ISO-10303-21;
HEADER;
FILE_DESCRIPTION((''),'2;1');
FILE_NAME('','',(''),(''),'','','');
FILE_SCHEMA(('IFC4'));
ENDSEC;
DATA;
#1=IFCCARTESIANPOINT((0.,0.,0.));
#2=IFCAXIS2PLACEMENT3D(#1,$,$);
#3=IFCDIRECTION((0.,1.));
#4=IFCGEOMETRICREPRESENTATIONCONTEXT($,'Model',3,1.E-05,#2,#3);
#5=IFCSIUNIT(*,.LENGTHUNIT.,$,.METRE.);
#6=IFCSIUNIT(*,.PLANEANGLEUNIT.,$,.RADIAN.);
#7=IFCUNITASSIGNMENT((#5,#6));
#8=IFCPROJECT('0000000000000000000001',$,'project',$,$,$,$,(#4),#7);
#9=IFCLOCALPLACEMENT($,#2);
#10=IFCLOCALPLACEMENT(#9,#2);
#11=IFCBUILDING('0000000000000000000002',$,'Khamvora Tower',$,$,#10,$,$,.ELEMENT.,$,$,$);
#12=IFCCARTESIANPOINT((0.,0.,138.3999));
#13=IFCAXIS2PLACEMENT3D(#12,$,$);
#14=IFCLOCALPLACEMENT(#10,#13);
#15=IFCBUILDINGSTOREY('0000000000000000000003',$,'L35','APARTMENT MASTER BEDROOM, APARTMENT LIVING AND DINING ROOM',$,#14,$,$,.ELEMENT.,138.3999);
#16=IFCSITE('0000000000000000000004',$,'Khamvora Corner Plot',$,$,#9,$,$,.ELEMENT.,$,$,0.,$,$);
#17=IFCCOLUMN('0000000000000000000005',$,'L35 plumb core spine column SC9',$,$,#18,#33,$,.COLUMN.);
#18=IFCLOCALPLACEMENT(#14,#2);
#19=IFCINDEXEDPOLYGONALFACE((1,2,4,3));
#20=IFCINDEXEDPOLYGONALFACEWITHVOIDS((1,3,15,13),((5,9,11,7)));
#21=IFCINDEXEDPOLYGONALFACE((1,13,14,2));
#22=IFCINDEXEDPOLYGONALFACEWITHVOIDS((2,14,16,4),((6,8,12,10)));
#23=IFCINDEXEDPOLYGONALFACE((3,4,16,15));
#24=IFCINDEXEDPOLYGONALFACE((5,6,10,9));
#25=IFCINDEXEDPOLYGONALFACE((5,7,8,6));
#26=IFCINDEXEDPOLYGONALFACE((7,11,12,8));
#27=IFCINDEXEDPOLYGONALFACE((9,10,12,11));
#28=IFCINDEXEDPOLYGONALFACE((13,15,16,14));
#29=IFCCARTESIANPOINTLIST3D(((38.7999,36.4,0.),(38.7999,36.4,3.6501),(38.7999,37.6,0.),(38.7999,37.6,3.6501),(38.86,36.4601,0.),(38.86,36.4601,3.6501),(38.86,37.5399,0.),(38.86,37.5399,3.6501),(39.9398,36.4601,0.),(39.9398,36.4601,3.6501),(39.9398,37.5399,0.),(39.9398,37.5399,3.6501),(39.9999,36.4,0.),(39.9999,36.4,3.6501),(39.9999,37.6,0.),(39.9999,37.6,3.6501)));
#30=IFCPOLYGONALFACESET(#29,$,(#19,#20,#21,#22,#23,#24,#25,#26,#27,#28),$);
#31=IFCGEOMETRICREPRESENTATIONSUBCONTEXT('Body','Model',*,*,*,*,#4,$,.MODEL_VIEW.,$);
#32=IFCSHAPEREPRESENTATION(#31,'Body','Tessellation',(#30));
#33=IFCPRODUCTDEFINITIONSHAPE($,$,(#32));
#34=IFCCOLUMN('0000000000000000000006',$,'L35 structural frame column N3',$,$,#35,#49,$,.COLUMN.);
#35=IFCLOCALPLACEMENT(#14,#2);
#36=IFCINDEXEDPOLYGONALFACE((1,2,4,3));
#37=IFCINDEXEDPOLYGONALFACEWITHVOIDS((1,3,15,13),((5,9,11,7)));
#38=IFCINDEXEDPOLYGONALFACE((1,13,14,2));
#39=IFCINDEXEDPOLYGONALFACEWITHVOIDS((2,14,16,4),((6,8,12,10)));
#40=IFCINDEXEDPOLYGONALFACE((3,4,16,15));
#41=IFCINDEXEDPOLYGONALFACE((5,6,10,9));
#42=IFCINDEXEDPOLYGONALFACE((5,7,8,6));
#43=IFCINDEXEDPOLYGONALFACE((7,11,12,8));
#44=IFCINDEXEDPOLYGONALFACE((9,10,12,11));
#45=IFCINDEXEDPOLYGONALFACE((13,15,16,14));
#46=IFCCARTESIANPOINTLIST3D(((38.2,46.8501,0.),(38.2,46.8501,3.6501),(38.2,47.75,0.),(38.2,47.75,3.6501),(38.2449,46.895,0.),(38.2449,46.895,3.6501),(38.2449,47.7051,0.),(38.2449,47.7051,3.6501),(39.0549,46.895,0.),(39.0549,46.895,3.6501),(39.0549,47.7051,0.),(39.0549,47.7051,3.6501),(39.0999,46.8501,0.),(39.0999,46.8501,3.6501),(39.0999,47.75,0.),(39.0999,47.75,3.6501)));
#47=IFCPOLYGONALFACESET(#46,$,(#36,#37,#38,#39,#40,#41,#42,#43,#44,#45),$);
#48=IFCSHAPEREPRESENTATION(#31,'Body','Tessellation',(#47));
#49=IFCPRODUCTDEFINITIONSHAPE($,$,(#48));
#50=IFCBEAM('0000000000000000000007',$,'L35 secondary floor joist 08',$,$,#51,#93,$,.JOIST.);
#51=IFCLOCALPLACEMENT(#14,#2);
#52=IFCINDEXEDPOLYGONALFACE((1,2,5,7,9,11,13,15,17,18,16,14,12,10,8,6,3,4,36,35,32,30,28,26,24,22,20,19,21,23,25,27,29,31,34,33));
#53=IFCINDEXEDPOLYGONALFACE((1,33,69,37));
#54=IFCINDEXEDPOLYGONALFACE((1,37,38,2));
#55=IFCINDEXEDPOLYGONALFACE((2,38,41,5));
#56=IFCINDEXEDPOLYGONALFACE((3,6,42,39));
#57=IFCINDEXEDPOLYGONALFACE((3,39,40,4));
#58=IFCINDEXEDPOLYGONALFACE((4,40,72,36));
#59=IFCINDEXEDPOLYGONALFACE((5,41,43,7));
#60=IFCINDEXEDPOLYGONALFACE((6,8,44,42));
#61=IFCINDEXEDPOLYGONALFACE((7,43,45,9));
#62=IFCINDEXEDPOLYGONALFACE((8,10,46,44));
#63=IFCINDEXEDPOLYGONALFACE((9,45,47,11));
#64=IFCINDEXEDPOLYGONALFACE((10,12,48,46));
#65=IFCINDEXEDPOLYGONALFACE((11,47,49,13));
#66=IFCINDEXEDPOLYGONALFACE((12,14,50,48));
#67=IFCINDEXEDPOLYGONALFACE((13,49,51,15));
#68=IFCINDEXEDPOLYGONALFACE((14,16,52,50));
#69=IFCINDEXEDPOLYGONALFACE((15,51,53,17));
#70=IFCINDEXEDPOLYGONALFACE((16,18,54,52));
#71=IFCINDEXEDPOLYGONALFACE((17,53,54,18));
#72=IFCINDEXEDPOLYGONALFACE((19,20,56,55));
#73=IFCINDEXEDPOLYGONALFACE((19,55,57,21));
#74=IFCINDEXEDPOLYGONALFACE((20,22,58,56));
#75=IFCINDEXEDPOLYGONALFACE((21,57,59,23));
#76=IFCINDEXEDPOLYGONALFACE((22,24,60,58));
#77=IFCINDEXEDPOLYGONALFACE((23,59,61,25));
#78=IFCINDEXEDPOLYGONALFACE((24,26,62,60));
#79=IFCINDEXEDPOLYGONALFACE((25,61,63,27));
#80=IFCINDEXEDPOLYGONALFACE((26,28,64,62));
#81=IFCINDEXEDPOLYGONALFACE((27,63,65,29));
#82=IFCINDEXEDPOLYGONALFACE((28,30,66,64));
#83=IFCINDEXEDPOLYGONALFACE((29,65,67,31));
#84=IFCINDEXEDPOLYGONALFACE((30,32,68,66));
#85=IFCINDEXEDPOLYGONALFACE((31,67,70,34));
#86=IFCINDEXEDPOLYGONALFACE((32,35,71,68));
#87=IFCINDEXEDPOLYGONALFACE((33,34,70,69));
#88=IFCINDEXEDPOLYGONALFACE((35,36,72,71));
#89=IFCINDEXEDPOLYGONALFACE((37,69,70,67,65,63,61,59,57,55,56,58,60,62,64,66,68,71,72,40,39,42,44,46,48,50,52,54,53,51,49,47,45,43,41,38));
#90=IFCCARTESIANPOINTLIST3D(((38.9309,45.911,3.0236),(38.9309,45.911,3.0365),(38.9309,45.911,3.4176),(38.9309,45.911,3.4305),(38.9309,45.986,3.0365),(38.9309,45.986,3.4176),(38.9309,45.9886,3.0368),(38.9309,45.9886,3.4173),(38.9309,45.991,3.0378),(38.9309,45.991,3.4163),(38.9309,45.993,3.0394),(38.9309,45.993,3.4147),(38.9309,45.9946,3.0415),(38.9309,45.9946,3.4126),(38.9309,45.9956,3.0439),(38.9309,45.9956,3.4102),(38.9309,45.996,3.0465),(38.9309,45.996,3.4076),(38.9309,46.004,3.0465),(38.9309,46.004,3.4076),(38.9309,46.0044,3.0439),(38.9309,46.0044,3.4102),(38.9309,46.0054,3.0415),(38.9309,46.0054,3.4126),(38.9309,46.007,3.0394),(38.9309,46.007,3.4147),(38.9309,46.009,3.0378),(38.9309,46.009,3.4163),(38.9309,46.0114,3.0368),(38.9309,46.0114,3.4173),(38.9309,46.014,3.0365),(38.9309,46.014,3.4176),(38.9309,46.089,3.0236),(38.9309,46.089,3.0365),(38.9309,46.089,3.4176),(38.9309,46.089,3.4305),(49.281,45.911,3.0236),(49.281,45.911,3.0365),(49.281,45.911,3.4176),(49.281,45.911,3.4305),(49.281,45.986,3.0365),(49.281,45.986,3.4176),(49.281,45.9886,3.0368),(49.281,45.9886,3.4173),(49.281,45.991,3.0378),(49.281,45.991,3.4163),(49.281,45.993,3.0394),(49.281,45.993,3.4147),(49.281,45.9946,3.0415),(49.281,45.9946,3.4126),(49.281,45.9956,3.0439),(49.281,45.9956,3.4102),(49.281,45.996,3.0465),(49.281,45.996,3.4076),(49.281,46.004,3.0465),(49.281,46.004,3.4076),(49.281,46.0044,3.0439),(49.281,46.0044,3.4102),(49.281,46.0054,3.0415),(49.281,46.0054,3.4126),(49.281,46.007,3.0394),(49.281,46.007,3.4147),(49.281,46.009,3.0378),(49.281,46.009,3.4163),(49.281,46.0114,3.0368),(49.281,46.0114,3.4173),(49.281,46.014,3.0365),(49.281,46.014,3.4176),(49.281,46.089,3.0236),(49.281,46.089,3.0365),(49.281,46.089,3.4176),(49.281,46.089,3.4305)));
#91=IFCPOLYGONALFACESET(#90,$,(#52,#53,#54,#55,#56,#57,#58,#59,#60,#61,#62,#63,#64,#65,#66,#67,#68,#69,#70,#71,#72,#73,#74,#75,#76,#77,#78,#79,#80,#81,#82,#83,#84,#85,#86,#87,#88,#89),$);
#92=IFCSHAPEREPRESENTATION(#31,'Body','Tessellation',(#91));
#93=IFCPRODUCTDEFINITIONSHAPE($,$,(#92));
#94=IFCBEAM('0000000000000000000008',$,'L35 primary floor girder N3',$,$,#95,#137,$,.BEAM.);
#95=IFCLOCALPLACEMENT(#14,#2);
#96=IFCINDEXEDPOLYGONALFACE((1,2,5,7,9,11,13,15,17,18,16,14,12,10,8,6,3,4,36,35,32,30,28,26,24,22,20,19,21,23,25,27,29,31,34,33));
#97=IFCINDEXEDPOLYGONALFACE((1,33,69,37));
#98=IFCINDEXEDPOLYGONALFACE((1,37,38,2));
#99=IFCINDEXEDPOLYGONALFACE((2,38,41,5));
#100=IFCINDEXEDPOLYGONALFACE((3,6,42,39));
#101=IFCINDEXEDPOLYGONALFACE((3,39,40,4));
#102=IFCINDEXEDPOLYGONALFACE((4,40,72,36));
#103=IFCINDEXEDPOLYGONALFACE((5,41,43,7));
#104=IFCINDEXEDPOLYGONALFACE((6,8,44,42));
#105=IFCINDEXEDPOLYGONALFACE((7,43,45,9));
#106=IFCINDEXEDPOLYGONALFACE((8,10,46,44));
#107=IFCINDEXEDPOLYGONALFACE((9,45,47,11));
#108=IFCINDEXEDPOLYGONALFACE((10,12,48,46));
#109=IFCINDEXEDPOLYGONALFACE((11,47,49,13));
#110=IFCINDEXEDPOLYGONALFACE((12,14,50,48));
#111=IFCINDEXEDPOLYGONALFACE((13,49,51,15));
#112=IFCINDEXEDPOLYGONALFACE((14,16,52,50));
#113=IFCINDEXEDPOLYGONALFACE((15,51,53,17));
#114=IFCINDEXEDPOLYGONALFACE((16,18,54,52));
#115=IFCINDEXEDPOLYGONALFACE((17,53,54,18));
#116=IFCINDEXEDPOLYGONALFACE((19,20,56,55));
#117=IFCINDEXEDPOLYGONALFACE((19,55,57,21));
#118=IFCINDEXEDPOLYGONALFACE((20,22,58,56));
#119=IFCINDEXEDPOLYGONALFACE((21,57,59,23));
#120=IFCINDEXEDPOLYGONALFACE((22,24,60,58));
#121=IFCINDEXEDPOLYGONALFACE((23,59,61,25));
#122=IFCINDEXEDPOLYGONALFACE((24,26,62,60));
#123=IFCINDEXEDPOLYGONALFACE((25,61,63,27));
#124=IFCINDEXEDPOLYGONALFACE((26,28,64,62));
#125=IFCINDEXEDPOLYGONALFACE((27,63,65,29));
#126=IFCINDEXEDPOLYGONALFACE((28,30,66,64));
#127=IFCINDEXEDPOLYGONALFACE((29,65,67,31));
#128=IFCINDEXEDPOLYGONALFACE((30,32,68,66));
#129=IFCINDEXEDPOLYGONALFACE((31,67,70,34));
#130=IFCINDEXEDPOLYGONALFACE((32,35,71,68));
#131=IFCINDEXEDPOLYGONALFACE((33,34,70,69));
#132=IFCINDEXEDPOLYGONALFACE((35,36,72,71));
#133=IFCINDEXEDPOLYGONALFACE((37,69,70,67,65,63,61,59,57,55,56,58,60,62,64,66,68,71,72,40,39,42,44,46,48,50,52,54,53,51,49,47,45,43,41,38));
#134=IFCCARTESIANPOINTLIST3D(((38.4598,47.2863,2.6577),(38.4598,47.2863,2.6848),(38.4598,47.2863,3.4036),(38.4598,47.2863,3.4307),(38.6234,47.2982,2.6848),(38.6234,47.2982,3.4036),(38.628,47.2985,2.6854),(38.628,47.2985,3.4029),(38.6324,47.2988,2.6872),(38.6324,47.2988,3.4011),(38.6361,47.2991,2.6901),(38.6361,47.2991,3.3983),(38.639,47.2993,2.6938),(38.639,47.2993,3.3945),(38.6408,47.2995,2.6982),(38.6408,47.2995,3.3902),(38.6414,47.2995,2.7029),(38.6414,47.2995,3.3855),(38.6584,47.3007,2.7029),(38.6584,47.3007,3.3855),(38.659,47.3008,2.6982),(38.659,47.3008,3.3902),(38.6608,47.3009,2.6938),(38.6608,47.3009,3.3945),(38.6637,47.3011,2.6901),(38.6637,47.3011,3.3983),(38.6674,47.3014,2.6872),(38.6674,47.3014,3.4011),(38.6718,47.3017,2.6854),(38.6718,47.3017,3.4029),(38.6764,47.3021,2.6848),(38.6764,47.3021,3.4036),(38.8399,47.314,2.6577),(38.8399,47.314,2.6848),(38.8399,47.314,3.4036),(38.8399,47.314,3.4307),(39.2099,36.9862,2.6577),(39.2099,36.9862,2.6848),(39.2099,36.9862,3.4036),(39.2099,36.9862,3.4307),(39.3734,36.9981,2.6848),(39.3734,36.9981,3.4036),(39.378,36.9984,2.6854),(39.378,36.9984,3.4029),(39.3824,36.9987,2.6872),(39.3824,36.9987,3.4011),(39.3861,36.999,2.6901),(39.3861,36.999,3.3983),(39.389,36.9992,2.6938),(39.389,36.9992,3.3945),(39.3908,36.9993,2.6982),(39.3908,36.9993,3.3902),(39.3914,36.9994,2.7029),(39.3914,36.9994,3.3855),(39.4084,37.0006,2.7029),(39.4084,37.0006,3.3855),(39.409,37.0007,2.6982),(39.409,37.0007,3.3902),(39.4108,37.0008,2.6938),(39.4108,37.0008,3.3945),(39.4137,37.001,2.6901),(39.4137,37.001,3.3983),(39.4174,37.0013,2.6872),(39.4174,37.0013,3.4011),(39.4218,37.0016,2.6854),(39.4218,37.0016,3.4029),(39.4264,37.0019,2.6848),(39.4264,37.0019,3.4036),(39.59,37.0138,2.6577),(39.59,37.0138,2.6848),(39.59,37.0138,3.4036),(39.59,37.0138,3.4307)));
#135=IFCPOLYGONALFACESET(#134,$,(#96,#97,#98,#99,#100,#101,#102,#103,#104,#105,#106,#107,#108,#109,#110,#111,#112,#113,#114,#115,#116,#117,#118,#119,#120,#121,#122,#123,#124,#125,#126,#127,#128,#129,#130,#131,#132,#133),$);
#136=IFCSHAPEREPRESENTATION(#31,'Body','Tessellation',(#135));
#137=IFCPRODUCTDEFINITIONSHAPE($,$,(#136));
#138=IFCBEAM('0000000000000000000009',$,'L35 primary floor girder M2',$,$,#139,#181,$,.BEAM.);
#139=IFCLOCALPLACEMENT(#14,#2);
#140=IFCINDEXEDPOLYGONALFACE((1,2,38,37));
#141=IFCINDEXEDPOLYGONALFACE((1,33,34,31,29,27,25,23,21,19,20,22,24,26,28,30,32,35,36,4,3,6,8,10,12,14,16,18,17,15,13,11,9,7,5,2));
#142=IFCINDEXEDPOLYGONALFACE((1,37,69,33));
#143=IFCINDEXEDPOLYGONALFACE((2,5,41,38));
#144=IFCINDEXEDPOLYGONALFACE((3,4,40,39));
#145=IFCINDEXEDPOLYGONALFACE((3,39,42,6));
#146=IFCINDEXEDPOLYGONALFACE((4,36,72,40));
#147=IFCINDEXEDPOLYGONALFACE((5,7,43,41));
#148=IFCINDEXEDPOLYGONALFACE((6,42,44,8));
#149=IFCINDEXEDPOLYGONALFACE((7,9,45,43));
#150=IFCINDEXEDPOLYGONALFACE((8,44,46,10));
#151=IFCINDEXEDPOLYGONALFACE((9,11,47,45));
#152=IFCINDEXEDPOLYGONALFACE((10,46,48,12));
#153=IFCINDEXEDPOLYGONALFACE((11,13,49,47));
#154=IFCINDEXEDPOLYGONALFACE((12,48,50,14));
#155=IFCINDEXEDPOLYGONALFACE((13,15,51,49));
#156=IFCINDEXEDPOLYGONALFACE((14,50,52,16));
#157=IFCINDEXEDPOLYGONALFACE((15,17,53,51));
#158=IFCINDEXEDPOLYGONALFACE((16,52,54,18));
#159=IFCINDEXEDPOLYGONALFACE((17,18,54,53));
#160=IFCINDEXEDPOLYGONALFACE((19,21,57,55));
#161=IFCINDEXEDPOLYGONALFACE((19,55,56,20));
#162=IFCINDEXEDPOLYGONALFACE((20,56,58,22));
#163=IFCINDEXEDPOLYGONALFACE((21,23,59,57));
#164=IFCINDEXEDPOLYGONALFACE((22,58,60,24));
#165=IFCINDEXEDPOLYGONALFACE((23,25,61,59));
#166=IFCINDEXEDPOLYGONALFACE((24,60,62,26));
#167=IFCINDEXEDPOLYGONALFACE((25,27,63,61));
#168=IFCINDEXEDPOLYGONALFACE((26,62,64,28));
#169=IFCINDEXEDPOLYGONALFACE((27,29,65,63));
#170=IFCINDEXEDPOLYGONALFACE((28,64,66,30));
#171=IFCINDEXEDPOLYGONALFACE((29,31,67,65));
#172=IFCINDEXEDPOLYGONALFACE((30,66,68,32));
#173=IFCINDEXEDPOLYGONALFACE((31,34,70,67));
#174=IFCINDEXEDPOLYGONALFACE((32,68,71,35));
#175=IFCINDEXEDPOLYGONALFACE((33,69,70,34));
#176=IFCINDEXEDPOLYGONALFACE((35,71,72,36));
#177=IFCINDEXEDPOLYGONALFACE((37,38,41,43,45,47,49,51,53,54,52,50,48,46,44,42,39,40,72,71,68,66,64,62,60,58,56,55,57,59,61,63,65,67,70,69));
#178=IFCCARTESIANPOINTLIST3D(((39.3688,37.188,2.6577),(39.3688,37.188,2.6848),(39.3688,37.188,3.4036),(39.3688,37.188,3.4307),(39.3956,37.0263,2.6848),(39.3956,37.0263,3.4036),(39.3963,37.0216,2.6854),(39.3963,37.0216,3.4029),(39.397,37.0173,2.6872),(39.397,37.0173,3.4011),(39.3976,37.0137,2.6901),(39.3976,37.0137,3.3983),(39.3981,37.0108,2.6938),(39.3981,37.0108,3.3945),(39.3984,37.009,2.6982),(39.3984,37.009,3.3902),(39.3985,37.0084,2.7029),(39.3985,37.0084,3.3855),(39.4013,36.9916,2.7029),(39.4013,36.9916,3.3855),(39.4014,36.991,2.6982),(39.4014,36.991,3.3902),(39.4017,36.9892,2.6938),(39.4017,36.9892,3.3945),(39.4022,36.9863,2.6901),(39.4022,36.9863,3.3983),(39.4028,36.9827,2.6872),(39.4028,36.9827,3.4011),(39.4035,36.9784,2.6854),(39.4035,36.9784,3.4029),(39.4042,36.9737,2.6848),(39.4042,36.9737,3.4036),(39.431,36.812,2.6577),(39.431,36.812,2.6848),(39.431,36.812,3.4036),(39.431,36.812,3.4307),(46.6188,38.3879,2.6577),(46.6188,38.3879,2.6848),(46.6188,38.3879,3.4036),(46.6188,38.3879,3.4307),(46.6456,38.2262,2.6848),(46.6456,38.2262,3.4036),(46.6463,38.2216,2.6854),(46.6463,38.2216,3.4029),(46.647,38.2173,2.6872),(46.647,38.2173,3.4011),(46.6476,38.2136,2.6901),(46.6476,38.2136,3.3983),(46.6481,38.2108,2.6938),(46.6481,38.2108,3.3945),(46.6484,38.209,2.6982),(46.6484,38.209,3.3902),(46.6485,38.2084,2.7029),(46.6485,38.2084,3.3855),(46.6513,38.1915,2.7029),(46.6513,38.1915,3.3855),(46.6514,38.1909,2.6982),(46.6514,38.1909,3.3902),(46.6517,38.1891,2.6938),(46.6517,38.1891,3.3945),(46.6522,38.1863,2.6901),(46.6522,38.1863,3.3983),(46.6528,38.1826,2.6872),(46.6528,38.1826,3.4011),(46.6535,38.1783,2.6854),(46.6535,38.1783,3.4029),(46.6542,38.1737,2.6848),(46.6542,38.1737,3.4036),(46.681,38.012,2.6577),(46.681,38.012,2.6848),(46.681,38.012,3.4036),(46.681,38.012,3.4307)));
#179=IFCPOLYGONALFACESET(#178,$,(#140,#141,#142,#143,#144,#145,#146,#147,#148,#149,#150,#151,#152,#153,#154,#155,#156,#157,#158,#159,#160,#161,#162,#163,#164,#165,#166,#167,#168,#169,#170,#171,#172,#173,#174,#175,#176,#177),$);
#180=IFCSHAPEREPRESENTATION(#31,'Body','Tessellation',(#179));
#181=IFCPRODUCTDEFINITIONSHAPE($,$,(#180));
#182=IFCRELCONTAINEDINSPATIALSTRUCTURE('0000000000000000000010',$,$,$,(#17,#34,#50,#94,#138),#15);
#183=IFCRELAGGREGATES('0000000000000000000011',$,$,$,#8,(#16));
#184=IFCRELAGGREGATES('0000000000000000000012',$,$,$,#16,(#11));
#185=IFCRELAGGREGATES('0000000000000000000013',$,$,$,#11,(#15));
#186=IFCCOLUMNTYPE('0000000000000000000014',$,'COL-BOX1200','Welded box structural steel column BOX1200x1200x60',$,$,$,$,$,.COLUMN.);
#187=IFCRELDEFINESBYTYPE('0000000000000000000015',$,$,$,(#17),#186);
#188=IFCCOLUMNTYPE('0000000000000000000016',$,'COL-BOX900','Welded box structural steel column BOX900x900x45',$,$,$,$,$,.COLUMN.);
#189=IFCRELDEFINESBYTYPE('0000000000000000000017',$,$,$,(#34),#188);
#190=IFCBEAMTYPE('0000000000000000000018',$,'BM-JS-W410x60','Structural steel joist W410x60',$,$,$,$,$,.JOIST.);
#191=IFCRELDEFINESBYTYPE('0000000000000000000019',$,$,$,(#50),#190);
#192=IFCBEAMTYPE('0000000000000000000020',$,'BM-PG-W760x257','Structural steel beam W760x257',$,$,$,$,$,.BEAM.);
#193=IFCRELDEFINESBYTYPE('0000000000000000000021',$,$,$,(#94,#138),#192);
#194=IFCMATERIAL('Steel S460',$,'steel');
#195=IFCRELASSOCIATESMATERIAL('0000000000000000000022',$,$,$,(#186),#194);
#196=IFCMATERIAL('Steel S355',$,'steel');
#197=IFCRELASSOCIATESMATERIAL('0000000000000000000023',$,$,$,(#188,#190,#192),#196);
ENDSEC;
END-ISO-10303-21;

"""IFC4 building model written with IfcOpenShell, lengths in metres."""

from ifc_helpers import new_model, si_unit, direction, frame, origin, origin_2d, place, context, subcontext, project, spatial, hollow_rectangle, i_section, extrude, material, material_profile, profile_set, type_object, element, save


model = new_model("IFC4")

# Units and contexts
model_context = context("Model", 3, precision=1e-05, world=origin(), true_north=direction((0.0, 1.0)))
body_context = subcontext(model_context, "Body", "Model", "MODEL_VIEW")
ifc_project = project(units=[si_unit("LENGTHUNIT", "METRE"), si_unit("PLANEANGLEUNIT", "RADIAN")], contexts=[model_context])

# Site, building, storey
site_placement = place(None, origin())
site = spatial("IfcSite", under=ifc_project, at=site_placement, Name="Khamvora Corner Plot", CompositionType="ELEMENT", RefElevation=0.0)
building_placement = place(site_placement, origin())
building = spatial("IfcBuilding", under=site, at=building_placement, Name="Khamvora Tower", CompositionType="ELEMENT")
storey_placement = place(building_placement, frame((0.0, 0.0, 138.3999)))
storey = spatial("IfcBuildingStorey", under=building, at=storey_placement, Name="L35", Description="APARTMENT MASTER BEDROOM, APARTMENT LIVING AND DINING ROOM", CompositionType="ELEMENT", Elevation=138.3999)

# Columns
ifc_material_1 = material(Name="Steel S460", Category="steel")
ifc_material_profile_1 = material_profile(ifc_material_1, hollow_rectangle(XDim=1.2, YDim=1.2, WallThickness=0.0601, at=origin_2d()), Name="BOX1200x1200x60")
ifc_profile_set_1 = profile_set([ifc_material_profile_1], Name="Steel S460")
column_type_1 = type_object("IfcColumnType", Name="COL-BOX1200", Description="Welded box structural steel column BOX1200x1200x60", PredefinedType="COLUMN", material=ifc_profile_set_1)
column_1_placement = place(storey_placement, frame((39.3999, 37.0, 0.0), z_axis=(0.0, 0.0, 1.0), x_axis=(1.0, 0.0, 0.0)))
element("IfcColumn", 1, at=column_1_placement, inside=storey, type_object=column_type_1, Name="L35 plumb core spine column SC9", PredefinedType="COLUMN", context=body_context, shape_type="SweptSolid", body=[
    extrude(hollow_rectangle(XDim=1.2, YDim=1.2, WallThickness=0.0601, at=origin_2d()), origin(), (0.0, 0.0, 1.0), 3.6501),
])
ifc_material_2 = material(Name="Steel S355", Category="steel")
ifc_material_profile_2 = material_profile(ifc_material_2, hollow_rectangle(XDim=0.8999, YDim=0.8999, WallThickness=0.0449, at=origin_2d()), Name="BOX900x900x45")
ifc_profile_set_2 = profile_set([ifc_material_profile_2], Name="Steel S355")
column_type_2 = type_object("IfcColumnType", Name="COL-BOX900", Description="Welded box structural steel column BOX900x900x45", PredefinedType="COLUMN", material=ifc_profile_set_2)
column_2_placement = place(storey_placement, frame((38.6499, 47.3, 0.0), z_axis=(0.0, 0.0, 1.0), x_axis=(1.0, 0.0, 0.0)))
element("IfcColumn", 2, at=column_2_placement, inside=storey, type_object=column_type_2, Name="L35 structural frame column N3", PredefinedType="COLUMN", context=body_context, shape_type="SweptSolid", body=[
    extrude(hollow_rectangle(XDim=0.8999, YDim=0.8999, WallThickness=0.0449, at=origin_2d()), origin(), (0.0, 0.0, 1.0), 3.6501),
])

# Beams
ifc_material_profile_3 = material_profile(ifc_material_2, i_section(OverallWidth=0.178, OverallDepth=0.407, WebThickness=0.0081, FlangeThickness=0.0129, FilletRadius=0.01, at=origin_2d()), Name="W410x60")
ifc_profile_set_3 = profile_set([ifc_material_profile_3], Name="Steel S355")
beam_type_1 = type_object("IfcBeamType", Name="BM-JS-W410x60", Description="Structural steel joist W410x60", PredefinedType="JOIST", material=ifc_profile_set_3)
beam_1_placement = place(storey_placement, frame((38.9309, 46.0, 3.2271), z_axis=(1.0, 0.0, 0.0), x_axis=(0.0, 1.0, 0.0)))
element("IfcBeam", 3, at=beam_1_placement, inside=storey, type_object=beam_type_1, Name="L35 secondary floor joist 08", PredefinedType="JOIST", context=body_context, shape_type="SweptSolid", body=[
    extrude(i_section(OverallWidth=0.178, OverallDepth=0.407, WebThickness=0.0081, FlangeThickness=0.0129, FilletRadius=0.01, at=origin_2d()), origin(), (0.0, 0.0, 1.0), 10.3501),
])
ifc_material_profile_4 = material_profile(ifc_material_2, i_section(OverallWidth=0.3811, OverallDepth=0.7729, WebThickness=0.0171, FlangeThickness=0.0271, FilletRadius=0.0181, at=origin_2d()), Name="W760x257")
ifc_profile_set_4 = profile_set([ifc_material_profile_4], Name="Steel S355")
beam_type_2 = type_object("IfcBeamType", Name="BM-PG-W760x257", Description="Structural steel beam W760x257", PredefinedType="BEAM", material=ifc_profile_set_4)
beam_2_placement = place(storey_placement, frame((39.3999, 37.0, 3.0442), z_axis=(-0.072623, 0.997359, 0.0), x_axis=(-0.997359, -0.072623, 0.0)))
element("IfcBeam", 4, at=beam_2_placement, inside=storey, type_object=beam_type_2, Name="L35 primary floor girder N3", PredefinedType="BEAM", context=body_context, shape_type="SweptSolid", body=[
    extrude(i_section(OverallWidth=0.3811, OverallDepth=0.7729, WebThickness=0.0171, FlangeThickness=0.0271, FilletRadius=0.0181, at=origin_2d()), origin(), (0.0, 0.0, 1.0), 10.3274),
])
beam_3_placement = place(storey_placement, frame((39.3999, 37.0, 3.0442), z_axis=(0.986578, 0.163289, 0.0), x_axis=(-0.163289, 0.986578, 0.0)))
element("IfcBeam", 5, at=beam_3_placement, inside=storey, type_object=beam_type_2, Name="L35 primary floor girder M2", PredefinedType="BEAM", context=body_context, shape_type="SweptSolid", body=[
    extrude(i_section(OverallWidth=0.3811, OverallDepth=0.7729, WebThickness=0.0171, FlangeThickness=0.0271, FilletRadius=0.0181, at=origin_2d()), origin(), (0.0, 0.0, 1.0), 7.3486),
])

save(model, "model.ifc")
